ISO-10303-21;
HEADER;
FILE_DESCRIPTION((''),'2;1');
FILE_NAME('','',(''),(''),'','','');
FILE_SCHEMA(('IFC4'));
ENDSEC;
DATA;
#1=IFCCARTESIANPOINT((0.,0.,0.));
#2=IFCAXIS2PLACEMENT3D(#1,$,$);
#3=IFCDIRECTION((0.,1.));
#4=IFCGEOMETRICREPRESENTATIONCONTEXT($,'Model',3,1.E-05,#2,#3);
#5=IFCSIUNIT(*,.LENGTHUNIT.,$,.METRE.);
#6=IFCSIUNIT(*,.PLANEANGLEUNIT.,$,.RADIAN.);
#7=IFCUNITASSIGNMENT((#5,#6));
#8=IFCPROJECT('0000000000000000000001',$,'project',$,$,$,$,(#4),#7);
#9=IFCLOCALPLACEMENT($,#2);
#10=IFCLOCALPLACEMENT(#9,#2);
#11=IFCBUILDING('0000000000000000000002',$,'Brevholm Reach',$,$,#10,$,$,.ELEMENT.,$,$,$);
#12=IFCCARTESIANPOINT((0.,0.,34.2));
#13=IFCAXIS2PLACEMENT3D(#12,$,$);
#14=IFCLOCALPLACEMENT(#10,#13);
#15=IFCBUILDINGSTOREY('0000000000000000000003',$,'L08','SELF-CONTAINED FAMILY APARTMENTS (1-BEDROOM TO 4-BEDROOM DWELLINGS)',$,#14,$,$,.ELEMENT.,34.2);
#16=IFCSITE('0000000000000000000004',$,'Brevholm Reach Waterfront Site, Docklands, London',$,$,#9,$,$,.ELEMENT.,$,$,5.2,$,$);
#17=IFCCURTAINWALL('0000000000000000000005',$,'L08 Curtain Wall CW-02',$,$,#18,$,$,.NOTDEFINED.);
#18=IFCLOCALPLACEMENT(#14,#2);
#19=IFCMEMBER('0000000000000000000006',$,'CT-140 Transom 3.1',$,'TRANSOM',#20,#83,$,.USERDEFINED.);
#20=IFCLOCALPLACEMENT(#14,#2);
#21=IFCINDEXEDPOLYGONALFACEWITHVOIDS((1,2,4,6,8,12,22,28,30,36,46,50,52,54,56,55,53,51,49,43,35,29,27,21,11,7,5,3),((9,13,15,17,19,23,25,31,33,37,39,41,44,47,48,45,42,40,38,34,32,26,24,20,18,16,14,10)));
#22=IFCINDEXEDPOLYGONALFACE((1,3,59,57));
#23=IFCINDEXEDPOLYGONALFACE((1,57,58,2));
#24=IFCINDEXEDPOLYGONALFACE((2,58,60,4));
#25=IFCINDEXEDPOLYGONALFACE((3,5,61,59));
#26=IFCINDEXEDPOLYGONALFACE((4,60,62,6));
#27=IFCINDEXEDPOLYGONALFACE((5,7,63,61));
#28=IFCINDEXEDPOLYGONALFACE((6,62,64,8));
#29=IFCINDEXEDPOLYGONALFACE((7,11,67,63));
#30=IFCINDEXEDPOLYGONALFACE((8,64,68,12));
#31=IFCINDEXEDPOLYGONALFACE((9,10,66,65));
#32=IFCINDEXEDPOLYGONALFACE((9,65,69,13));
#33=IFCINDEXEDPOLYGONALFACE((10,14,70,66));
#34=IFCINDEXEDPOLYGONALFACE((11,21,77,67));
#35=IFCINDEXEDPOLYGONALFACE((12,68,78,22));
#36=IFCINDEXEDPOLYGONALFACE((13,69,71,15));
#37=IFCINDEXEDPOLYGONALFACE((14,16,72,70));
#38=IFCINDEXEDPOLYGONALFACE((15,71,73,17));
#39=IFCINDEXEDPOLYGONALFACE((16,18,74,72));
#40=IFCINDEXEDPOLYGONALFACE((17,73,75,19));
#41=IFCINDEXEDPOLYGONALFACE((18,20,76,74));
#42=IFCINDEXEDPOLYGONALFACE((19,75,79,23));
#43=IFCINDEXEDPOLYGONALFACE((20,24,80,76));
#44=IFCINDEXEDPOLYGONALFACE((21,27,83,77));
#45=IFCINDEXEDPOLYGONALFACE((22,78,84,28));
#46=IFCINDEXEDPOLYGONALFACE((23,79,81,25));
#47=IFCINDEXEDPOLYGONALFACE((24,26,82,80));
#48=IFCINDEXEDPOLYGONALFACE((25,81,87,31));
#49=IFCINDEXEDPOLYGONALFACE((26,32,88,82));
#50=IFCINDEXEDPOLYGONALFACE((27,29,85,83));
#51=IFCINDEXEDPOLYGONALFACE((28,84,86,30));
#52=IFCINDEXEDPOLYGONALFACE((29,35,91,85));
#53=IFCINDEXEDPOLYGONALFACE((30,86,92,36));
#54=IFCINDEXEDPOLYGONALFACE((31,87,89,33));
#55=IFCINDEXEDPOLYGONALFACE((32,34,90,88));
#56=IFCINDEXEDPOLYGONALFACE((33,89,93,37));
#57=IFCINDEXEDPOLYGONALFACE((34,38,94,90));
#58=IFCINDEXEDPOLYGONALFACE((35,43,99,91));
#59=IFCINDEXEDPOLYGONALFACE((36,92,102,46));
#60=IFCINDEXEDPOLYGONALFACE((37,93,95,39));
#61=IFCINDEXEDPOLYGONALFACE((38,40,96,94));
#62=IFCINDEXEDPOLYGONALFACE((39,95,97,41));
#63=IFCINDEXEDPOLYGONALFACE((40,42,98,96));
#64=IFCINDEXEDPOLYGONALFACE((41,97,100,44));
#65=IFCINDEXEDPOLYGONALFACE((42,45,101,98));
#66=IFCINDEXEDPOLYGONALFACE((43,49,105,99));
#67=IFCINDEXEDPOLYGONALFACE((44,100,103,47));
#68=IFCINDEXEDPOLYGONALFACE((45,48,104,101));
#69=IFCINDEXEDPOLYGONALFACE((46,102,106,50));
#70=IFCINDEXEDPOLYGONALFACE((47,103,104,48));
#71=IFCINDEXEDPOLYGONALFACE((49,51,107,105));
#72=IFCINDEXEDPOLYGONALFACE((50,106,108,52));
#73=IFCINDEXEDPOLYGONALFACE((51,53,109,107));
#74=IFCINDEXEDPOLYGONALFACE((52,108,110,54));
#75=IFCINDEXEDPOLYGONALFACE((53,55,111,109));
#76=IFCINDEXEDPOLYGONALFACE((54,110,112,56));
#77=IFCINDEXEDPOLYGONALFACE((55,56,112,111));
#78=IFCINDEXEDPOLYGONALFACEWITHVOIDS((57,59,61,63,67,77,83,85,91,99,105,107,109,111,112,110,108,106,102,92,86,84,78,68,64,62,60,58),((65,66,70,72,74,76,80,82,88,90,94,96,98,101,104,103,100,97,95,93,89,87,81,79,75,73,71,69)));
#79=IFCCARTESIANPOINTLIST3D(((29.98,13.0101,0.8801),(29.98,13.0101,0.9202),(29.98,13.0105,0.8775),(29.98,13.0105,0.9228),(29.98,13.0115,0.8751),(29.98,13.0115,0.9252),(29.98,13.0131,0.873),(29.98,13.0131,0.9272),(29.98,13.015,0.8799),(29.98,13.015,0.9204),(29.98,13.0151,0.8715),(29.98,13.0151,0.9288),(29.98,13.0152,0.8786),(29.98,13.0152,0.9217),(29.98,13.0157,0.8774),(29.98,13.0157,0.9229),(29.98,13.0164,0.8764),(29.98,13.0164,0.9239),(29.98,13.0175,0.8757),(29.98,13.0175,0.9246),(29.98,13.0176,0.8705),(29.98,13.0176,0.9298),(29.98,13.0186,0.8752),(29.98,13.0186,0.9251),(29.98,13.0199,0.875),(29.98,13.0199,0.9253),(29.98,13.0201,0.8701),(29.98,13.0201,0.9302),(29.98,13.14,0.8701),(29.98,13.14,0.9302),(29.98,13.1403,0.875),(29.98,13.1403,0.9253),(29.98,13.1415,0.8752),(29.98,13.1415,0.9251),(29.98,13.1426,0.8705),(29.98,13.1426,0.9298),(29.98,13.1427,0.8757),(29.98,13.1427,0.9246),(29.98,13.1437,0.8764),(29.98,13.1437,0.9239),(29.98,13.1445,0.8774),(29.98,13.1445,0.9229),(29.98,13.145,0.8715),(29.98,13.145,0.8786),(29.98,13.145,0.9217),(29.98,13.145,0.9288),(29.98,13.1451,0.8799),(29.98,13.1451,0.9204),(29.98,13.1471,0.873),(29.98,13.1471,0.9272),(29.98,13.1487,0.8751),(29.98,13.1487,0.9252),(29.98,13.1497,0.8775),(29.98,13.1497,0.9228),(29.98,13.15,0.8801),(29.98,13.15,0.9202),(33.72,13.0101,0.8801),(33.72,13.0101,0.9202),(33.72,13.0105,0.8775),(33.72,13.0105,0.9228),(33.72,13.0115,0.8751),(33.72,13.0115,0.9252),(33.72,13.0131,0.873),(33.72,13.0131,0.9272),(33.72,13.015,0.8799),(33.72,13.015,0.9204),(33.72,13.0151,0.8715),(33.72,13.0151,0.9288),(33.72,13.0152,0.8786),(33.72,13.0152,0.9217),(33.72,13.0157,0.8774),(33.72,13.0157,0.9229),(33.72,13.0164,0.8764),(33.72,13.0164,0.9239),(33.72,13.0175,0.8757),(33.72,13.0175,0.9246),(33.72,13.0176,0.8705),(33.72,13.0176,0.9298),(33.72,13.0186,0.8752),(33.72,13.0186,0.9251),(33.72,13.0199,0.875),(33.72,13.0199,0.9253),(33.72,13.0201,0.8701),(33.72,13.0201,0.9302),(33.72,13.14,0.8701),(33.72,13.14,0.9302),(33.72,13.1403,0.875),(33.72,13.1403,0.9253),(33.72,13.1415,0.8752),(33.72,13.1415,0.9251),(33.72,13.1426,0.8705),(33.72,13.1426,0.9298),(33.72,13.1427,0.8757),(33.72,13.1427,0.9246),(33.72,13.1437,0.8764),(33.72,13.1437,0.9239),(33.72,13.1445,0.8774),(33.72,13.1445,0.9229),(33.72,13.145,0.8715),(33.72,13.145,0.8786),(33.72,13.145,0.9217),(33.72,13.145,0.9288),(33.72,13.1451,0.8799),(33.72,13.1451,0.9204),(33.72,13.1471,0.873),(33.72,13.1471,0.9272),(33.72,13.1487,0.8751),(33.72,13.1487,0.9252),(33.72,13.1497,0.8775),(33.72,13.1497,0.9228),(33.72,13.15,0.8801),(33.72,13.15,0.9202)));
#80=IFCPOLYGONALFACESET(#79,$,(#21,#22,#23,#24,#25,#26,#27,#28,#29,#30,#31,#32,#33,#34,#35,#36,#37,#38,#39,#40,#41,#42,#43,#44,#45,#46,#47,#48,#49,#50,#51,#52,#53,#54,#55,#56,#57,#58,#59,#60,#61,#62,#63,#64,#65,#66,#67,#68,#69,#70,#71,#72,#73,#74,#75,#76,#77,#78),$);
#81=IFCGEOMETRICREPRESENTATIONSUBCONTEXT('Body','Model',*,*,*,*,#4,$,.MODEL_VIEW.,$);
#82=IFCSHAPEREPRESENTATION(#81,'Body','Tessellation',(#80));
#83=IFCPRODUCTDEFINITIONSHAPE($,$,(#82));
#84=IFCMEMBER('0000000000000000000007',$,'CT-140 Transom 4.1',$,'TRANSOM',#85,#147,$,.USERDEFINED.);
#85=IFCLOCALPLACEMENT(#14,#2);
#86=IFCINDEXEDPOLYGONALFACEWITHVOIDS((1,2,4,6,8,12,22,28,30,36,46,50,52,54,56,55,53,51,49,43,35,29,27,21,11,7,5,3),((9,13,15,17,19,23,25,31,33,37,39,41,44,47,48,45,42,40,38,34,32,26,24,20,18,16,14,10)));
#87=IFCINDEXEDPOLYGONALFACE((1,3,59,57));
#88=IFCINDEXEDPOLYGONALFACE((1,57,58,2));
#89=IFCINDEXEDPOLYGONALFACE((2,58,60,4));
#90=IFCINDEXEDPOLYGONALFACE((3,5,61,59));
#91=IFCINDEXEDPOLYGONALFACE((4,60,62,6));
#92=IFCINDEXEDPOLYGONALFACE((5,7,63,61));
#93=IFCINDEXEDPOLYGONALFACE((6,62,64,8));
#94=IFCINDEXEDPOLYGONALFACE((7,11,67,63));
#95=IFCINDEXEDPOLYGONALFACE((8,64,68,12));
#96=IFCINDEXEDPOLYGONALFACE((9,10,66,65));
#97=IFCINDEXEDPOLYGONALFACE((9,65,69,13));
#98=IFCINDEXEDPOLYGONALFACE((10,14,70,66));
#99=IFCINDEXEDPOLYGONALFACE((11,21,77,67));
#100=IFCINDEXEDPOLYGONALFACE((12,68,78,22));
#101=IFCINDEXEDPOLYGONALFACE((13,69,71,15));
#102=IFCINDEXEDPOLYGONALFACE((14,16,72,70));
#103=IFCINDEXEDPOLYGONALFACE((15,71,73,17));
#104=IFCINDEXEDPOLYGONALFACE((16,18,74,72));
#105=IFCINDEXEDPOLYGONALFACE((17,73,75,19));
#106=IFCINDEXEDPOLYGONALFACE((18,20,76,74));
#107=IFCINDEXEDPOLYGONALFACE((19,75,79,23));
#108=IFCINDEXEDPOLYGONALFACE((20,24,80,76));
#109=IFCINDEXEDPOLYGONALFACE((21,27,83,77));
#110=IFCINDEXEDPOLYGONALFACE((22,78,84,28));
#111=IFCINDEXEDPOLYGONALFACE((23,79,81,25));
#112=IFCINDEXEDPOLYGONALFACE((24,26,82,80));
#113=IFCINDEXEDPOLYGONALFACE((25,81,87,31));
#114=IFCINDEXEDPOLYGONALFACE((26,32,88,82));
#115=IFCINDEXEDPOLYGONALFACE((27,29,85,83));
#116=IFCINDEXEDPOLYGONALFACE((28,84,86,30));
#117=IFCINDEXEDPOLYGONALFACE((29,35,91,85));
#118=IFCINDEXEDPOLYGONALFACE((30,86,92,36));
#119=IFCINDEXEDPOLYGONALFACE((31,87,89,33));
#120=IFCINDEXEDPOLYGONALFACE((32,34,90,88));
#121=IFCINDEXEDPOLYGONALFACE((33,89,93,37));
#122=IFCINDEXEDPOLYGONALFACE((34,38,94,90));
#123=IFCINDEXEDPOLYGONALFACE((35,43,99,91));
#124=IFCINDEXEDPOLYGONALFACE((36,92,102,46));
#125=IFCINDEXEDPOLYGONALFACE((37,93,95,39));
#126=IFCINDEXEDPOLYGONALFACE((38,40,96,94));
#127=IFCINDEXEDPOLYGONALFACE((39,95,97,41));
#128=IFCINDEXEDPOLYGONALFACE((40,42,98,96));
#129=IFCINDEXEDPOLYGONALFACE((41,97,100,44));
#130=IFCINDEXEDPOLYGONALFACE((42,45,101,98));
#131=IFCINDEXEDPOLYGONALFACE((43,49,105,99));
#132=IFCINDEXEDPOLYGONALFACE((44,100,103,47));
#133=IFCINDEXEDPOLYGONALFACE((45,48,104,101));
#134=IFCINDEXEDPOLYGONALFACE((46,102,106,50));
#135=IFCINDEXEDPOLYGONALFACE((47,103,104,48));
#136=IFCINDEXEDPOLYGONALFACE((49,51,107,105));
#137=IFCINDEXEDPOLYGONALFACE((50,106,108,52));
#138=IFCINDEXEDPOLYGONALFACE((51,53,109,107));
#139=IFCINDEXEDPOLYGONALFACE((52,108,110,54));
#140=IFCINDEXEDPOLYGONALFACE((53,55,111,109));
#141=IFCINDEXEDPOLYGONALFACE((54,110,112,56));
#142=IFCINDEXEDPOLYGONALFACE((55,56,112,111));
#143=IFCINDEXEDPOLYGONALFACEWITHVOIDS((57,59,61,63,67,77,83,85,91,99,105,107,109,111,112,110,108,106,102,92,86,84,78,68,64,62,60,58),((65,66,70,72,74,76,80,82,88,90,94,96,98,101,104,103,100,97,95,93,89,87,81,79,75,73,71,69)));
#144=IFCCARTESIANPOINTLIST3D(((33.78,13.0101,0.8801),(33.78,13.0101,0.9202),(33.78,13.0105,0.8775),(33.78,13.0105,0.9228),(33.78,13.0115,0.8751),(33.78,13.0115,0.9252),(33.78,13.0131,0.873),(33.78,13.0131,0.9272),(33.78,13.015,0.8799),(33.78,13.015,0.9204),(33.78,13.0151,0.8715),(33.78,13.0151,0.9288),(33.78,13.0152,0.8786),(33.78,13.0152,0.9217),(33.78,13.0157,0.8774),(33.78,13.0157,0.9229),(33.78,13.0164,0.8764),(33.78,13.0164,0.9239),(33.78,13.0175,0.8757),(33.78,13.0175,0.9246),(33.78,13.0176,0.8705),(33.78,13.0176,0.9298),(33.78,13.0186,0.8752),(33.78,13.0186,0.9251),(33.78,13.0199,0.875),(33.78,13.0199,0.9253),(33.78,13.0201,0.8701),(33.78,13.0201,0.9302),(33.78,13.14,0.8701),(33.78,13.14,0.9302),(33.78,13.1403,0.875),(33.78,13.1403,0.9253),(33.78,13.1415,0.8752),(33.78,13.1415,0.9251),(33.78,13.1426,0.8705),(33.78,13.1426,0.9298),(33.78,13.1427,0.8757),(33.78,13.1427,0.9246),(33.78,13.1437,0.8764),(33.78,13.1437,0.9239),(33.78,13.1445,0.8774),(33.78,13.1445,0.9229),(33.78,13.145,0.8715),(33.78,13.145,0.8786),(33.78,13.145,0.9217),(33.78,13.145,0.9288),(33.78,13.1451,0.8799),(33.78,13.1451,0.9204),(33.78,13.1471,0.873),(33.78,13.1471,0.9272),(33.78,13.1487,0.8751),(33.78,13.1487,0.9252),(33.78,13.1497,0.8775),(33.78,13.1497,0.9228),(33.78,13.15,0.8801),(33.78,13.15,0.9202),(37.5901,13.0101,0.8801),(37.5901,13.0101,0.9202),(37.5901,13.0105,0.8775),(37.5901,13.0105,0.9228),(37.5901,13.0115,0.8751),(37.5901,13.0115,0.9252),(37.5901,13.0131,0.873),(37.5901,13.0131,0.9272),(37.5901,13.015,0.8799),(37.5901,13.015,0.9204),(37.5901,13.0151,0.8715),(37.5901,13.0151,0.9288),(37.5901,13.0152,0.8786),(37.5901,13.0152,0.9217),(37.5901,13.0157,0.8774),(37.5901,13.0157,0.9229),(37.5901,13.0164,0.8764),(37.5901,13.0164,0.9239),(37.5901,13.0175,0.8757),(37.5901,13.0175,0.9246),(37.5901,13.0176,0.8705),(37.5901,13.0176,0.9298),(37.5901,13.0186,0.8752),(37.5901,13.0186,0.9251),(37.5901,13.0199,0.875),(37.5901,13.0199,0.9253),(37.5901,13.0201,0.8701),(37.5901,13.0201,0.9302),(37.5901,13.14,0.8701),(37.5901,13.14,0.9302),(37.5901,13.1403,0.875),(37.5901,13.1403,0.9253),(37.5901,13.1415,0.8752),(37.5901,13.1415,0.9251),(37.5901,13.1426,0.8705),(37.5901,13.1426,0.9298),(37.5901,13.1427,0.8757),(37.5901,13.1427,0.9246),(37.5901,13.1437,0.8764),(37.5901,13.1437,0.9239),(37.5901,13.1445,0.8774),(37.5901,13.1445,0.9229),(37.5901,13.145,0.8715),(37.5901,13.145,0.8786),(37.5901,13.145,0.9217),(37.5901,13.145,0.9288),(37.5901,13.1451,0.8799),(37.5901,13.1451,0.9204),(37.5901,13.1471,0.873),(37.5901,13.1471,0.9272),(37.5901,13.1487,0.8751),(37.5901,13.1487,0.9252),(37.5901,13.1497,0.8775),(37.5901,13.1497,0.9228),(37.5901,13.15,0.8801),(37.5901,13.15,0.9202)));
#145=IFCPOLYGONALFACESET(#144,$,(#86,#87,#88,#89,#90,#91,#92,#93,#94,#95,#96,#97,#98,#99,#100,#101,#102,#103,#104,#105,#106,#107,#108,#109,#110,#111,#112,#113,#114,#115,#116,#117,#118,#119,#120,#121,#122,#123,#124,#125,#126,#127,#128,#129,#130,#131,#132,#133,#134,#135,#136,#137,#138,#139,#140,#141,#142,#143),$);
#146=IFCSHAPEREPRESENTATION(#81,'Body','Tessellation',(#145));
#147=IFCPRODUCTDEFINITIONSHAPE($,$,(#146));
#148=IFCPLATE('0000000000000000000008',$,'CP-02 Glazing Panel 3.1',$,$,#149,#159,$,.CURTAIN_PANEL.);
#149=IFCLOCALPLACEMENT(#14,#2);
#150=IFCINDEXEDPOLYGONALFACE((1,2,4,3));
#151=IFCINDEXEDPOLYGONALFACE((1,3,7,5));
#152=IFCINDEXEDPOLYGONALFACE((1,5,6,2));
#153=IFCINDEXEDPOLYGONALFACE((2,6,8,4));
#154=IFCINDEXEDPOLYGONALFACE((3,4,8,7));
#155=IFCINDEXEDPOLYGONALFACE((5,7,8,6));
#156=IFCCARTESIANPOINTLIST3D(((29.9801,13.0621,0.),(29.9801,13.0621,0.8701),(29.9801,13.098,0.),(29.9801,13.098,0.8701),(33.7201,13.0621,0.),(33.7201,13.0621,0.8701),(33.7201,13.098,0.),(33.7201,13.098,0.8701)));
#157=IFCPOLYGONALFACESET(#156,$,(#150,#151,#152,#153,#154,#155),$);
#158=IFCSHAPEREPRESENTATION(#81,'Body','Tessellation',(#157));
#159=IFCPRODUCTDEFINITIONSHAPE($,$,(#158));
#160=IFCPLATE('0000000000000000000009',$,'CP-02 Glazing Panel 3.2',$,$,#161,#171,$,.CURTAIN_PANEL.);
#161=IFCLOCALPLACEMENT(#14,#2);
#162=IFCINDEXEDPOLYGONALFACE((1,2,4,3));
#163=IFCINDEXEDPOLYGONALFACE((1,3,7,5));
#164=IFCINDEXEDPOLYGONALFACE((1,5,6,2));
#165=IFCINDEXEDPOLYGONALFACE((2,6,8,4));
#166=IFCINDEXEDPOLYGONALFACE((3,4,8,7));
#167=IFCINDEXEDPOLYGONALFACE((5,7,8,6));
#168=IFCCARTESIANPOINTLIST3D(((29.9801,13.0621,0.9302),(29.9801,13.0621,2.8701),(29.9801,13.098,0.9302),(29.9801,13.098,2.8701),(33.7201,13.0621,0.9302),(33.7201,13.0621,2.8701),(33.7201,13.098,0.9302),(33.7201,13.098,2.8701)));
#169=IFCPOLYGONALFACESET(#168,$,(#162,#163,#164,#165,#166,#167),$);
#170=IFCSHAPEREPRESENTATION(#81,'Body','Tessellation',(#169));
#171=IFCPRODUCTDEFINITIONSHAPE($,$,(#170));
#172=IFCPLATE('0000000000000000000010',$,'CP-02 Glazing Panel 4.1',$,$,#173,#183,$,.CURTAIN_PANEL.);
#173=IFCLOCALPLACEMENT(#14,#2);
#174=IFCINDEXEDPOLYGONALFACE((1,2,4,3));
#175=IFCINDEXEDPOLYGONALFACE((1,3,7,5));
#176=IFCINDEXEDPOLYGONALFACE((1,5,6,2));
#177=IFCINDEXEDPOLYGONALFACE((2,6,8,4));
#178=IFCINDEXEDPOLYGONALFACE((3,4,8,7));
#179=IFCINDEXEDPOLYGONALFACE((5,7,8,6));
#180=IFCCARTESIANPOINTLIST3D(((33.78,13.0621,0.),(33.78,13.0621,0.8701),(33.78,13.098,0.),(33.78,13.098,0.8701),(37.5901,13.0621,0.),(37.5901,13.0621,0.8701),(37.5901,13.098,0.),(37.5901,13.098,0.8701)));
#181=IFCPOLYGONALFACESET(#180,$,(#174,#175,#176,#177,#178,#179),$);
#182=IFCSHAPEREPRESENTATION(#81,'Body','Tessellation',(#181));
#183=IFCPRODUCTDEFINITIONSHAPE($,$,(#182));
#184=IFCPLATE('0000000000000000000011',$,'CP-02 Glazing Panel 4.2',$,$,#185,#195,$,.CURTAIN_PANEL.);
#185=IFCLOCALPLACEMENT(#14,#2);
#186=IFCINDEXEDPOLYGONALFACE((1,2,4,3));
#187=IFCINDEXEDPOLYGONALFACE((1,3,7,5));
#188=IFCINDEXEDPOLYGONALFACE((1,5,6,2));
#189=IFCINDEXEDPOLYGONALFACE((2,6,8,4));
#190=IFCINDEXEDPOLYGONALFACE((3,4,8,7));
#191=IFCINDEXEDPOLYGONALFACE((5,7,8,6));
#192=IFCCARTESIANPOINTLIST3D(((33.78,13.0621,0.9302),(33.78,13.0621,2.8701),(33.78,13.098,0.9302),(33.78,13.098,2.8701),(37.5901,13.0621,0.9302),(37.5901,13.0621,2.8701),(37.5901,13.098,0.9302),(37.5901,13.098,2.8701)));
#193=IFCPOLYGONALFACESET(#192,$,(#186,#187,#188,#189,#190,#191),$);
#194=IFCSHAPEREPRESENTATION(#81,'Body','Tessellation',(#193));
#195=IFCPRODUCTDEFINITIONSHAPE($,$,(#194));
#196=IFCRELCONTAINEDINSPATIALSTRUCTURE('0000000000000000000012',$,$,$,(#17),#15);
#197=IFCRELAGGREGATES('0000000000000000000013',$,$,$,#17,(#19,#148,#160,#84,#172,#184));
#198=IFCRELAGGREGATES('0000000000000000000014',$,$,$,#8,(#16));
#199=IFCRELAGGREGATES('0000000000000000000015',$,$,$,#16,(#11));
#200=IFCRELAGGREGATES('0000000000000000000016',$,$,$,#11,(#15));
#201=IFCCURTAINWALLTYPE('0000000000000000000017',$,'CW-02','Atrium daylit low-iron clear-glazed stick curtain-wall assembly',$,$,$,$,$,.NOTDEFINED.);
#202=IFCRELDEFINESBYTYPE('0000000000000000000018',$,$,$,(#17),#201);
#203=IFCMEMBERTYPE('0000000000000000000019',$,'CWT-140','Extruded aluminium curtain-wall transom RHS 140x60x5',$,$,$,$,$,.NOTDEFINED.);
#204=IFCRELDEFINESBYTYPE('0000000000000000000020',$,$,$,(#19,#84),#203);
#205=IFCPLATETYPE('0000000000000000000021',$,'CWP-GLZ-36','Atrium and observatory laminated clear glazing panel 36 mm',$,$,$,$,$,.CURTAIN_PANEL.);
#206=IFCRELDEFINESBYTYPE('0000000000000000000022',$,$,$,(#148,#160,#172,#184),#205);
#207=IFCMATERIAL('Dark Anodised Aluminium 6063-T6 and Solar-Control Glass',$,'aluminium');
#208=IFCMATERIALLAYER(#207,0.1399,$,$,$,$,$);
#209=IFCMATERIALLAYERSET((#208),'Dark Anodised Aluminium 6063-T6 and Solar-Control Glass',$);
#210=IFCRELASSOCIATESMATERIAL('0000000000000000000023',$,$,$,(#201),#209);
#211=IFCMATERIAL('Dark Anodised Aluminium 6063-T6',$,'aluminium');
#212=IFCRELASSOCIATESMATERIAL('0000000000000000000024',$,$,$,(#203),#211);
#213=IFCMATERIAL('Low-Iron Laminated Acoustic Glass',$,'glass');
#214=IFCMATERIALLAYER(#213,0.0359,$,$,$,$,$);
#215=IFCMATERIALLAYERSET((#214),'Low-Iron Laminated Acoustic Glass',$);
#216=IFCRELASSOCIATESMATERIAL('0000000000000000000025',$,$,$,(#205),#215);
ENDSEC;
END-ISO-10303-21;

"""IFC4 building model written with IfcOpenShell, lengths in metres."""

from ifc_helpers import new_model, si_unit, direction, frame, origin, origin_2d, place, context, subcontext, project, spatial, rectangle, hollow_rectangle, extrude, material, layer, layer_set, material_profile, profile_set, type_object, element, aggregate, save


model = new_model("IFC4")

# Units and contexts
model_context = context("Model", 3, precision=1e-05, world=origin(), true_north=direction((0.0, 1.0)))
body_context = subcontext(model_context, "Body", "Model", "MODEL_VIEW")
ifc_project = project(units=[si_unit("LENGTHUNIT", "METRE"), si_unit("PLANEANGLEUNIT", "RADIAN")], contexts=[model_context])

# Site, building, storey
site_placement = place(None, origin())
site = spatial("IfcSite", under=ifc_project, at=site_placement, Name="Brevholm Reach Waterfront Site, Docklands, London", CompositionType="ELEMENT", RefElevation=5.2)
building_placement = place(site_placement, origin())
building = spatial("IfcBuilding", under=site, at=building_placement, Name="Brevholm Reach", CompositionType="ELEMENT")
storey_placement = place(building_placement, frame((0.0, 0.0, 34.2)))
storey = spatial("IfcBuildingStorey", under=building, at=storey_placement, Name="L08", Description="SELF-CONTAINED FAMILY APARTMENTS (1-BEDROOM TO 4-BEDROOM DWELLINGS)", CompositionType="ELEMENT", Elevation=34.2)

# Curtain wall, members, plates
ifc_material_1 = material(Name="Dark Anodised Aluminium 6063-T6 and Solar-Control Glass", Category="aluminium")
ifc_layer_1 = layer(ifc_material_1, 0.1399)
ifc_layer_set_1 = layer_set([ifc_layer_1], Name="Dark Anodised Aluminium 6063-T6 and Solar-Control Glass")
curtain_wall_type = type_object("IfcCurtainWallType", Name="CW-02", Description="Atrium daylit low-iron clear-glazed stick curtain-wall assembly", PredefinedType="NOTDEFINED", material=ifc_layer_set_1)
curtain_wall_placement = place(storey_placement, origin())
curtain_wall = element("IfcCurtainWall", 1, at=curtain_wall_placement, inside=storey, type_object=curtain_wall_type, Name="L08 Curtain Wall CW-02", PredefinedType="NOTDEFINED")
ifc_material_2 = material(Name="Dark Anodised Aluminium 6063-T6", Category="aluminium")
ifc_material_profile_1 = material_profile(ifc_material_2, hollow_rectangle(XDim=0.0601, YDim=0.1399, WallThickness=0.0049, InnerFilletRadius=0.0049, OuterFilletRadius=0.01, at=origin_2d()), Name="RHS 140x60x5")
ifc_profile_set_1 = profile_set([ifc_material_profile_1], Name="Dark Anodised Aluminium 6063-T6")
member_type_1 = type_object("IfcMemberType", Name="CWT-140", Description="Extruded aluminium curtain-wall transom RHS 140x60x5", PredefinedType="NOTDEFINED", material=ifc_profile_set_1)
member_1_placement = place(storey_placement, frame((29.98, 13.0801, 0.9001), z_axis=(1.0, 0.0, 0.0), x_axis=(0.0, 0.0, 1.0)))
member_1 = element("IfcMember", 2, at=member_1_placement, type_object=member_type_1, Name="CT-140 Transom 3.1", ObjectType="TRANSOM", PredefinedType="USERDEFINED", context=body_context, shape_type="SweptSolid", body=[
    extrude(hollow_rectangle(XDim=0.0601, YDim=0.1399, WallThickness=0.0049, InnerFilletRadius=0.0049, OuterFilletRadius=0.01, at=origin_2d()), origin(), (0.0, 0.0, 1.0), 3.74),
])
member_2_placement = place(storey_placement, frame((33.78, 13.0801, 0.9001), z_axis=(1.0, 0.0, 0.0), x_axis=(0.0, 0.0, 1.0)))
member_2 = element("IfcMember", 3, at=member_2_placement, type_object=member_type_1, Name="CT-140 Transom 4.1", ObjectType="TRANSOM", PredefinedType="USERDEFINED", context=body_context, shape_type="SweptSolid", body=[
    extrude(hollow_rectangle(XDim=0.0601, YDim=0.1399, WallThickness=0.0049, InnerFilletRadius=0.0049, OuterFilletRadius=0.01, at=origin_2d()), origin(), (0.0, 0.0, 1.0), 3.8101),
])
ifc_material_3 = material(Name="Low-Iron Laminated Acoustic Glass", Category="glass")
ifc_layer_2 = layer(ifc_material_3, 0.0359)
ifc_layer_set_2 = layer_set([ifc_layer_2], Name="Low-Iron Laminated Acoustic Glass")
plate_type = type_object("IfcPlateType", Name="CWP-GLZ-36", Description="Atrium and observatory laminated clear glazing panel 36 mm", PredefinedType="CURTAIN_PANEL", material=ifc_layer_set_2)
plate_1_placement = place(storey_placement, frame((31.8501, 13.0801, 0.0), z_axis=(0.0, 0.0, 1.0), x_axis=(1.0, 0.0, 0.0)))
plate_1 = element("IfcPlate", 4, at=plate_1_placement, type_object=plate_type, Name="CP-02 Glazing Panel 3.1", PredefinedType="CURTAIN_PANEL", context=body_context, shape_type="SweptSolid", body=[
    extrude(rectangle(XDim=3.74, YDim=0.0359, at=origin_2d()), origin(), (0.0, 0.0, 1.0), 0.8701),
])
plate_2_placement = place(storey_placement, frame((31.8501, 13.0801, 0.9302), z_axis=(0.0, 0.0, 1.0), x_axis=(1.0, 0.0, 0.0)))
plate_2 = element("IfcPlate", 5, at=plate_2_placement, type_object=plate_type, Name="CP-02 Glazing Panel 3.2", PredefinedType="CURTAIN_PANEL", context=body_context, shape_type="SweptSolid", body=[
    extrude(rectangle(XDim=3.74, YDim=0.0359, at=origin_2d()), origin(), (0.0, 0.0, 1.0), 1.9399),
])
plate_3_placement = place(storey_placement, frame((35.6851, 13.0801, 0.0), z_axis=(0.0, 0.0, 1.0), x_axis=(1.0, 0.0, 0.0)))
plate_3 = element("IfcPlate", 6, at=plate_3_placement, type_object=plate_type, Name="CP-02 Glazing Panel 4.1", PredefinedType="CURTAIN_PANEL", context=body_context, shape_type="SweptSolid", body=[
    extrude(rectangle(XDim=3.8101, YDim=0.0359, at=origin_2d()), origin(), (0.0, 0.0, 1.0), 0.8701),
])
plate_4_placement = place(storey_placement, frame((35.6851, 13.0801, 0.9302), z_axis=(0.0, 0.0, 1.0), x_axis=(1.0, 0.0, 0.0)))
plate_4 = element("IfcPlate", 7, at=plate_4_placement, type_object=plate_type, Name="CP-02 Glazing Panel 4.2", PredefinedType="CURTAIN_PANEL", context=body_context, shape_type="SweptSolid", body=[
    extrude(rectangle(XDim=3.8101, YDim=0.0359, at=origin_2d()), origin(), (0.0, 0.0, 1.0), 1.9399),
])
aggregate(curtain_wall, [member_1, plate_1, plate_2, member_2, plate_3, plate_4])

save(model, "model.ifc")
